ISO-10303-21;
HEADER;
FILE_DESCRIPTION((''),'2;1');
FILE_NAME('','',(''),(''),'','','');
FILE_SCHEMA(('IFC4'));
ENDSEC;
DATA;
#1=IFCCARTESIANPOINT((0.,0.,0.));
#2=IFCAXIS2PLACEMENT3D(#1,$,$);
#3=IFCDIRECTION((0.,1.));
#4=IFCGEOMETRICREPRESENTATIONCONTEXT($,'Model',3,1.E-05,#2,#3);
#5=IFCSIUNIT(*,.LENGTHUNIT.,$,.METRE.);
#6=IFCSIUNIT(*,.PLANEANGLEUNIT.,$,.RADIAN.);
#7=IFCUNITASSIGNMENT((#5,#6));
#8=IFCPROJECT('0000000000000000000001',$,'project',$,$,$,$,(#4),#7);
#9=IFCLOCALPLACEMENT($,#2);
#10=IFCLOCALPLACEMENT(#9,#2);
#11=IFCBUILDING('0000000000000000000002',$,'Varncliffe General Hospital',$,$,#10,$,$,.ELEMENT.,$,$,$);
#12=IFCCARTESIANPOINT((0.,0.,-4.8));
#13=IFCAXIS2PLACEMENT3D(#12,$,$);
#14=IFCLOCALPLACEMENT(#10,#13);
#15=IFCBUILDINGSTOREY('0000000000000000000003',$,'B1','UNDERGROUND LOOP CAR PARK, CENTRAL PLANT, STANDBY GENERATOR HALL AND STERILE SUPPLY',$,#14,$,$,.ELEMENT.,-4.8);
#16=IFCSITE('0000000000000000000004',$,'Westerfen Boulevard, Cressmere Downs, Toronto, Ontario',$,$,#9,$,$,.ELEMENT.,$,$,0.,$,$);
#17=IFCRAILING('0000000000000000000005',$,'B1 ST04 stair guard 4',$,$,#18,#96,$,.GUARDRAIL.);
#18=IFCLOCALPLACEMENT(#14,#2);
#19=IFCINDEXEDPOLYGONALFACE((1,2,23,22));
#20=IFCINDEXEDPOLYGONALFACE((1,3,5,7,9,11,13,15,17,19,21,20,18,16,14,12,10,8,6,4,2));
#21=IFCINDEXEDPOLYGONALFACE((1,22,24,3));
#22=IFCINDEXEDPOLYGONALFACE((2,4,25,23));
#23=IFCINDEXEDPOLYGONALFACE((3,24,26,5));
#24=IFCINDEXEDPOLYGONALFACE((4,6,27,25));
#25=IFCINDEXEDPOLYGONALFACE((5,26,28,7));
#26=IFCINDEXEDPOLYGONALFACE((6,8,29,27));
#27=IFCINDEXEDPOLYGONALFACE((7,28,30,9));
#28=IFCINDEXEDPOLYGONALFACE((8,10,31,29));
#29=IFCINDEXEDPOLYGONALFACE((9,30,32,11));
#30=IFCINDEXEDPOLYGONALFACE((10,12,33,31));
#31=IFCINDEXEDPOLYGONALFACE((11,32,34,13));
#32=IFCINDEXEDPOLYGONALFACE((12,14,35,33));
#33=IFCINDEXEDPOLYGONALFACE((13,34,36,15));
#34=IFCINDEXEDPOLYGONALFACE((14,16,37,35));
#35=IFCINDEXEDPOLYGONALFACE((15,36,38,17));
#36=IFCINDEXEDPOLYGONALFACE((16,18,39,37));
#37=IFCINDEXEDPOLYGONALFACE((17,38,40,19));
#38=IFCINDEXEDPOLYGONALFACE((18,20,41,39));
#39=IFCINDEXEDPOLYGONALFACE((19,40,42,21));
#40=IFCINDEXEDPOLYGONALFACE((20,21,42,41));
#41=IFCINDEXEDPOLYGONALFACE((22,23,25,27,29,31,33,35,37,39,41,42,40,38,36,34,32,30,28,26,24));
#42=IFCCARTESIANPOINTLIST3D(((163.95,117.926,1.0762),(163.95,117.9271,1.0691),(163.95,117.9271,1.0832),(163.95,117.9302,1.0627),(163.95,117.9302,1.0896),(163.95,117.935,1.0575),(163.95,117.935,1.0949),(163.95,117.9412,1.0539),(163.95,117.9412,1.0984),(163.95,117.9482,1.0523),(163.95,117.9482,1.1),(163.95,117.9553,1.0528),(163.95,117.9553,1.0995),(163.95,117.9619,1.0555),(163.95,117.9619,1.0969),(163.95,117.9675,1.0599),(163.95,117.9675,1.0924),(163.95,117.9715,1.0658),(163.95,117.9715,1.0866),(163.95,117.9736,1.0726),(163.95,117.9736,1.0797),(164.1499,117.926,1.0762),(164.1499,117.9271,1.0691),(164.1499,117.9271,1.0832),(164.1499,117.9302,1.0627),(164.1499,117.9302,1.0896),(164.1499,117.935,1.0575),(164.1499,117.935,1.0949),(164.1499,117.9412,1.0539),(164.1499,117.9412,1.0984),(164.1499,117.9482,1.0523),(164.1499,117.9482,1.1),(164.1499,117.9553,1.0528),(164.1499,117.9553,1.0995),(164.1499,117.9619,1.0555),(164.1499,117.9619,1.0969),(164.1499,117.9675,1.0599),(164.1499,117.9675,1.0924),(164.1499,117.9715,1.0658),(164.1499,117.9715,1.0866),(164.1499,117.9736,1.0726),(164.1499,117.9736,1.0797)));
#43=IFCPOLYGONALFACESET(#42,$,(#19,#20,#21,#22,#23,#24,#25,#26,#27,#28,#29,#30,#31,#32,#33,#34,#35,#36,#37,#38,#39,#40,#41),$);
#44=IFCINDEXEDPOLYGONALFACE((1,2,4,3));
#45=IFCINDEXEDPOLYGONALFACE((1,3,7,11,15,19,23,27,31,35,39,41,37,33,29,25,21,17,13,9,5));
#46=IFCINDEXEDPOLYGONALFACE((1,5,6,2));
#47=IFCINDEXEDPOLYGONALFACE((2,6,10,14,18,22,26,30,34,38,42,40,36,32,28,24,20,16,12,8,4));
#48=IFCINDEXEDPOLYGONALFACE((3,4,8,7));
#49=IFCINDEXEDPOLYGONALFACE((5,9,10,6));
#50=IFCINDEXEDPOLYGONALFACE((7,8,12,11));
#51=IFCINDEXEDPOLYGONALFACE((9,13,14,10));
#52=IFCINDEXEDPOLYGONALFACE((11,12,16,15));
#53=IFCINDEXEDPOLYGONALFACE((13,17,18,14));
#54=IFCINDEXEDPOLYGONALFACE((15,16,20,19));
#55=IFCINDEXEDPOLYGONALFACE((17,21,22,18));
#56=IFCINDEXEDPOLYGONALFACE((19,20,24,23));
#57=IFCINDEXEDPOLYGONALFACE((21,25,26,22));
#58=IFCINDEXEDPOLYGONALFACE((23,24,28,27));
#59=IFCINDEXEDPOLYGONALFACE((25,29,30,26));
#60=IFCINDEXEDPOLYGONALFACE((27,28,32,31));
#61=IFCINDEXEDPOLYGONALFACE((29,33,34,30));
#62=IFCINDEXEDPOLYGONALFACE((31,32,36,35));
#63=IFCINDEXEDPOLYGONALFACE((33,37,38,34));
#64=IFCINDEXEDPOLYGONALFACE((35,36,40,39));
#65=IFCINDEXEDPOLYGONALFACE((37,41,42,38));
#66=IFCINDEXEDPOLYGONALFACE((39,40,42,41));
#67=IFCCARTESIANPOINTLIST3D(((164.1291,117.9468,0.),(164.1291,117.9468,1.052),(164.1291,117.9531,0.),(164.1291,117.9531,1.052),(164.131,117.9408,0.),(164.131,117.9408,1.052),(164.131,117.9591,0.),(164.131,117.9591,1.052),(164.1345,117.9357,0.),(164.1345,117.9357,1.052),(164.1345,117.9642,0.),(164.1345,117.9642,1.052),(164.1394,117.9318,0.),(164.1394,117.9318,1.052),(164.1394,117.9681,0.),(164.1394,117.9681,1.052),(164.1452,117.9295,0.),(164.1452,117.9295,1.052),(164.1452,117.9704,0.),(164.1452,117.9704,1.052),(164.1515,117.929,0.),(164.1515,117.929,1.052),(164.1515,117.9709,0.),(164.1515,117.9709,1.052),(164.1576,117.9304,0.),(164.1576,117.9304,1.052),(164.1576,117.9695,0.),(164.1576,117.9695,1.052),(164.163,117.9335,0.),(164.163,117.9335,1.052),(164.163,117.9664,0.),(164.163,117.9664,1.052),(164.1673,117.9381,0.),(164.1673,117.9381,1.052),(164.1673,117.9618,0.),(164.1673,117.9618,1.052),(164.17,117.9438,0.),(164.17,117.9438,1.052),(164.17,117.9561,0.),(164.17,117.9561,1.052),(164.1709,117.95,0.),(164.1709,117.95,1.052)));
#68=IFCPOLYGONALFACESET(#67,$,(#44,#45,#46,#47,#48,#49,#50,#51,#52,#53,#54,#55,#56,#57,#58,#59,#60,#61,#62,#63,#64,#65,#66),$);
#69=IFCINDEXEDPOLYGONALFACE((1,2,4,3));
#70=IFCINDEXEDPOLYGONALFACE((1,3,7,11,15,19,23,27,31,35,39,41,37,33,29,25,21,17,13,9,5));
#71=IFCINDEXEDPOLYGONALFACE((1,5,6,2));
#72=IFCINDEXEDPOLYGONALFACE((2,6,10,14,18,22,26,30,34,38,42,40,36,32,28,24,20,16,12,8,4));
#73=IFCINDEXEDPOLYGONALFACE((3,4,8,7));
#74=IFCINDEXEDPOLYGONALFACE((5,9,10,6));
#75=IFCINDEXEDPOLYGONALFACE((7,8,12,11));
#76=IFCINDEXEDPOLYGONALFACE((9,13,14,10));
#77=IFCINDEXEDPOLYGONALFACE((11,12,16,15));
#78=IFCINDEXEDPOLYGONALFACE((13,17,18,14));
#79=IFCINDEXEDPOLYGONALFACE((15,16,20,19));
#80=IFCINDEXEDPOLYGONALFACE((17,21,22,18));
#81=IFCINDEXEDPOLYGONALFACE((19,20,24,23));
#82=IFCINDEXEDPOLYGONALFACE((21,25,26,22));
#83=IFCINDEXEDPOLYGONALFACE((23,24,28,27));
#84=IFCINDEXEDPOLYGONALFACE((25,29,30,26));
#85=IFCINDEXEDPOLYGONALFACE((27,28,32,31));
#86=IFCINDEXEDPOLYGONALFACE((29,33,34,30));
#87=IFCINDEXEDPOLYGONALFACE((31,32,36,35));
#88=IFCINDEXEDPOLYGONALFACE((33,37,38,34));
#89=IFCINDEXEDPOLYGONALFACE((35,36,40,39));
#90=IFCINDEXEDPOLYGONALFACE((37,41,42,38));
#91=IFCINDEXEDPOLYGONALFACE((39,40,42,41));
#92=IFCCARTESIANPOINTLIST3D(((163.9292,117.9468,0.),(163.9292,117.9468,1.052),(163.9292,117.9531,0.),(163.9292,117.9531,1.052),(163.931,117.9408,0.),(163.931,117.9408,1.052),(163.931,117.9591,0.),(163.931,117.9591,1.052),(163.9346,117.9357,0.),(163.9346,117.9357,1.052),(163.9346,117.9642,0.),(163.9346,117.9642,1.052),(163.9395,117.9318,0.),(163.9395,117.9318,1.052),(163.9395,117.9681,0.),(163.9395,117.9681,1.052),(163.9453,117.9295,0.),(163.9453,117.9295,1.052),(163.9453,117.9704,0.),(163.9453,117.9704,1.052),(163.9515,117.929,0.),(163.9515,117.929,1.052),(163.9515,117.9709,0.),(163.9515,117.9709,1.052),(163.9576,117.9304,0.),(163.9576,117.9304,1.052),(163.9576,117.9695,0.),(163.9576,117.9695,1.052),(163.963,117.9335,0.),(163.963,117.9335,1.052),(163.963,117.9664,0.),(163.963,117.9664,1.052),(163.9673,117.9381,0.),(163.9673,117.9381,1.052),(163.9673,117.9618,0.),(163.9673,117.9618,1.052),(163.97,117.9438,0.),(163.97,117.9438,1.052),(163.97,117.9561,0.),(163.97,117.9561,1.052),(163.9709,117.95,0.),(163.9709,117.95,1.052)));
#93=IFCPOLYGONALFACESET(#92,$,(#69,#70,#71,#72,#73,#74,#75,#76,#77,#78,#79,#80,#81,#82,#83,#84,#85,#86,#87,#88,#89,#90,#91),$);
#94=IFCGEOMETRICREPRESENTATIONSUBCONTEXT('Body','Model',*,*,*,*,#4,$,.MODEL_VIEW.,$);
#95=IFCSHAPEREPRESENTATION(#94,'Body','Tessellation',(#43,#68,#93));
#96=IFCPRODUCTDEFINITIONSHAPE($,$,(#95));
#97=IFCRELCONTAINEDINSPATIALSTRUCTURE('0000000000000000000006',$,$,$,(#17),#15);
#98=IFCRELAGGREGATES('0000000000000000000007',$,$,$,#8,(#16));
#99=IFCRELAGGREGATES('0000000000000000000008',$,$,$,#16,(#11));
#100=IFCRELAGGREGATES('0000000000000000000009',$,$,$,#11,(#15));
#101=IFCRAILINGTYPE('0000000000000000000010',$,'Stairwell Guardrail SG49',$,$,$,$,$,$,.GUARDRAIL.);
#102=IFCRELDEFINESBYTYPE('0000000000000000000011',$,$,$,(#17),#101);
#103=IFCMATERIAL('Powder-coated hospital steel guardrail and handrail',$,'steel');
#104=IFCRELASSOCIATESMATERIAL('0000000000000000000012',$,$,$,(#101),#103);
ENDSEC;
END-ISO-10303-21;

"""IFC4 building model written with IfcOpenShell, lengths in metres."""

from ifc_helpers import new_model, si_unit, direction, frame, origin, origin_2d, place, context, subcontext, project, spatial, circle, extrude, material, type_object, element, save


model = new_model("IFC4")

# Units and contexts
model_context = context("Model", 3, precision=1e-05, world=origin(), true_north=direction((0.0, 1.0)))
body_context = subcontext(model_context, "Body", "Model", "MODEL_VIEW")
ifc_project = project(units=[si_unit("LENGTHUNIT", "METRE"), si_unit("PLANEANGLEUNIT", "RADIAN")], contexts=[model_context])

# Site, building, storey
site_placement = place(None, origin())
site = spatial("IfcSite", under=ifc_project, at=site_placement, Name="Westerfen Boulevard, Cressmere Downs, Toronto, Ontario", CompositionType="ELEMENT", RefElevation=0.0)
building_placement = place(site_placement, origin())
building = spatial("IfcBuilding", under=site, at=building_placement, Name="Varncliffe General Hospital", CompositionType="ELEMENT")
storey_placement = place(building_placement, frame((0.0, 0.0, -4.8)))
storey = spatial("IfcBuildingStorey", under=building, at=storey_placement, Name="B1", Description="UNDERGROUND LOOP CAR PARK, CENTRAL PLANT, STANDBY GENERATOR HALL AND STERILE SUPPLY", CompositionType="ELEMENT", Elevation=-4.8)

# Railing
ifc_material_1 = material(Name="Powder-coated hospital steel guardrail and handrail", Category="steel")
railing_type_1 = type_object("IfcRailingType", Name="Stairwell Guardrail SG49", PredefinedType="GUARDRAIL", material=ifc_material_1)
railing_1_placement = place(storey_placement, frame((164.1499, 117.95, 0.0)))
element("IfcRailing", 1, at=railing_1_placement, inside=storey, type_object=railing_type_1, Name="B1 ST04 stair guard 4", PredefinedType="GUARDRAIL", context=body_context, shape_type="SweptSolid", body=[
    extrude(circle(Radius=0.0239, at=origin_2d()), frame((0.0, 0.0, 1.0762), z_axis=(-1.0, 0.0, 0.0), x_axis=(0.0, -1.0, 0.0)), (0.0, 0.0, 1.0), 0.2),
    extrude(circle(Radius=0.021, at=origin_2d()), origin(), (0.0, 0.0, 1.0), 1.052),
    extrude(circle(Radius=0.021, at=origin_2d()), frame((-0.2, 0.0, 0.0)), (0.0, 0.0, 1.0), 1.052),
])

save(model, "model.ifc")
